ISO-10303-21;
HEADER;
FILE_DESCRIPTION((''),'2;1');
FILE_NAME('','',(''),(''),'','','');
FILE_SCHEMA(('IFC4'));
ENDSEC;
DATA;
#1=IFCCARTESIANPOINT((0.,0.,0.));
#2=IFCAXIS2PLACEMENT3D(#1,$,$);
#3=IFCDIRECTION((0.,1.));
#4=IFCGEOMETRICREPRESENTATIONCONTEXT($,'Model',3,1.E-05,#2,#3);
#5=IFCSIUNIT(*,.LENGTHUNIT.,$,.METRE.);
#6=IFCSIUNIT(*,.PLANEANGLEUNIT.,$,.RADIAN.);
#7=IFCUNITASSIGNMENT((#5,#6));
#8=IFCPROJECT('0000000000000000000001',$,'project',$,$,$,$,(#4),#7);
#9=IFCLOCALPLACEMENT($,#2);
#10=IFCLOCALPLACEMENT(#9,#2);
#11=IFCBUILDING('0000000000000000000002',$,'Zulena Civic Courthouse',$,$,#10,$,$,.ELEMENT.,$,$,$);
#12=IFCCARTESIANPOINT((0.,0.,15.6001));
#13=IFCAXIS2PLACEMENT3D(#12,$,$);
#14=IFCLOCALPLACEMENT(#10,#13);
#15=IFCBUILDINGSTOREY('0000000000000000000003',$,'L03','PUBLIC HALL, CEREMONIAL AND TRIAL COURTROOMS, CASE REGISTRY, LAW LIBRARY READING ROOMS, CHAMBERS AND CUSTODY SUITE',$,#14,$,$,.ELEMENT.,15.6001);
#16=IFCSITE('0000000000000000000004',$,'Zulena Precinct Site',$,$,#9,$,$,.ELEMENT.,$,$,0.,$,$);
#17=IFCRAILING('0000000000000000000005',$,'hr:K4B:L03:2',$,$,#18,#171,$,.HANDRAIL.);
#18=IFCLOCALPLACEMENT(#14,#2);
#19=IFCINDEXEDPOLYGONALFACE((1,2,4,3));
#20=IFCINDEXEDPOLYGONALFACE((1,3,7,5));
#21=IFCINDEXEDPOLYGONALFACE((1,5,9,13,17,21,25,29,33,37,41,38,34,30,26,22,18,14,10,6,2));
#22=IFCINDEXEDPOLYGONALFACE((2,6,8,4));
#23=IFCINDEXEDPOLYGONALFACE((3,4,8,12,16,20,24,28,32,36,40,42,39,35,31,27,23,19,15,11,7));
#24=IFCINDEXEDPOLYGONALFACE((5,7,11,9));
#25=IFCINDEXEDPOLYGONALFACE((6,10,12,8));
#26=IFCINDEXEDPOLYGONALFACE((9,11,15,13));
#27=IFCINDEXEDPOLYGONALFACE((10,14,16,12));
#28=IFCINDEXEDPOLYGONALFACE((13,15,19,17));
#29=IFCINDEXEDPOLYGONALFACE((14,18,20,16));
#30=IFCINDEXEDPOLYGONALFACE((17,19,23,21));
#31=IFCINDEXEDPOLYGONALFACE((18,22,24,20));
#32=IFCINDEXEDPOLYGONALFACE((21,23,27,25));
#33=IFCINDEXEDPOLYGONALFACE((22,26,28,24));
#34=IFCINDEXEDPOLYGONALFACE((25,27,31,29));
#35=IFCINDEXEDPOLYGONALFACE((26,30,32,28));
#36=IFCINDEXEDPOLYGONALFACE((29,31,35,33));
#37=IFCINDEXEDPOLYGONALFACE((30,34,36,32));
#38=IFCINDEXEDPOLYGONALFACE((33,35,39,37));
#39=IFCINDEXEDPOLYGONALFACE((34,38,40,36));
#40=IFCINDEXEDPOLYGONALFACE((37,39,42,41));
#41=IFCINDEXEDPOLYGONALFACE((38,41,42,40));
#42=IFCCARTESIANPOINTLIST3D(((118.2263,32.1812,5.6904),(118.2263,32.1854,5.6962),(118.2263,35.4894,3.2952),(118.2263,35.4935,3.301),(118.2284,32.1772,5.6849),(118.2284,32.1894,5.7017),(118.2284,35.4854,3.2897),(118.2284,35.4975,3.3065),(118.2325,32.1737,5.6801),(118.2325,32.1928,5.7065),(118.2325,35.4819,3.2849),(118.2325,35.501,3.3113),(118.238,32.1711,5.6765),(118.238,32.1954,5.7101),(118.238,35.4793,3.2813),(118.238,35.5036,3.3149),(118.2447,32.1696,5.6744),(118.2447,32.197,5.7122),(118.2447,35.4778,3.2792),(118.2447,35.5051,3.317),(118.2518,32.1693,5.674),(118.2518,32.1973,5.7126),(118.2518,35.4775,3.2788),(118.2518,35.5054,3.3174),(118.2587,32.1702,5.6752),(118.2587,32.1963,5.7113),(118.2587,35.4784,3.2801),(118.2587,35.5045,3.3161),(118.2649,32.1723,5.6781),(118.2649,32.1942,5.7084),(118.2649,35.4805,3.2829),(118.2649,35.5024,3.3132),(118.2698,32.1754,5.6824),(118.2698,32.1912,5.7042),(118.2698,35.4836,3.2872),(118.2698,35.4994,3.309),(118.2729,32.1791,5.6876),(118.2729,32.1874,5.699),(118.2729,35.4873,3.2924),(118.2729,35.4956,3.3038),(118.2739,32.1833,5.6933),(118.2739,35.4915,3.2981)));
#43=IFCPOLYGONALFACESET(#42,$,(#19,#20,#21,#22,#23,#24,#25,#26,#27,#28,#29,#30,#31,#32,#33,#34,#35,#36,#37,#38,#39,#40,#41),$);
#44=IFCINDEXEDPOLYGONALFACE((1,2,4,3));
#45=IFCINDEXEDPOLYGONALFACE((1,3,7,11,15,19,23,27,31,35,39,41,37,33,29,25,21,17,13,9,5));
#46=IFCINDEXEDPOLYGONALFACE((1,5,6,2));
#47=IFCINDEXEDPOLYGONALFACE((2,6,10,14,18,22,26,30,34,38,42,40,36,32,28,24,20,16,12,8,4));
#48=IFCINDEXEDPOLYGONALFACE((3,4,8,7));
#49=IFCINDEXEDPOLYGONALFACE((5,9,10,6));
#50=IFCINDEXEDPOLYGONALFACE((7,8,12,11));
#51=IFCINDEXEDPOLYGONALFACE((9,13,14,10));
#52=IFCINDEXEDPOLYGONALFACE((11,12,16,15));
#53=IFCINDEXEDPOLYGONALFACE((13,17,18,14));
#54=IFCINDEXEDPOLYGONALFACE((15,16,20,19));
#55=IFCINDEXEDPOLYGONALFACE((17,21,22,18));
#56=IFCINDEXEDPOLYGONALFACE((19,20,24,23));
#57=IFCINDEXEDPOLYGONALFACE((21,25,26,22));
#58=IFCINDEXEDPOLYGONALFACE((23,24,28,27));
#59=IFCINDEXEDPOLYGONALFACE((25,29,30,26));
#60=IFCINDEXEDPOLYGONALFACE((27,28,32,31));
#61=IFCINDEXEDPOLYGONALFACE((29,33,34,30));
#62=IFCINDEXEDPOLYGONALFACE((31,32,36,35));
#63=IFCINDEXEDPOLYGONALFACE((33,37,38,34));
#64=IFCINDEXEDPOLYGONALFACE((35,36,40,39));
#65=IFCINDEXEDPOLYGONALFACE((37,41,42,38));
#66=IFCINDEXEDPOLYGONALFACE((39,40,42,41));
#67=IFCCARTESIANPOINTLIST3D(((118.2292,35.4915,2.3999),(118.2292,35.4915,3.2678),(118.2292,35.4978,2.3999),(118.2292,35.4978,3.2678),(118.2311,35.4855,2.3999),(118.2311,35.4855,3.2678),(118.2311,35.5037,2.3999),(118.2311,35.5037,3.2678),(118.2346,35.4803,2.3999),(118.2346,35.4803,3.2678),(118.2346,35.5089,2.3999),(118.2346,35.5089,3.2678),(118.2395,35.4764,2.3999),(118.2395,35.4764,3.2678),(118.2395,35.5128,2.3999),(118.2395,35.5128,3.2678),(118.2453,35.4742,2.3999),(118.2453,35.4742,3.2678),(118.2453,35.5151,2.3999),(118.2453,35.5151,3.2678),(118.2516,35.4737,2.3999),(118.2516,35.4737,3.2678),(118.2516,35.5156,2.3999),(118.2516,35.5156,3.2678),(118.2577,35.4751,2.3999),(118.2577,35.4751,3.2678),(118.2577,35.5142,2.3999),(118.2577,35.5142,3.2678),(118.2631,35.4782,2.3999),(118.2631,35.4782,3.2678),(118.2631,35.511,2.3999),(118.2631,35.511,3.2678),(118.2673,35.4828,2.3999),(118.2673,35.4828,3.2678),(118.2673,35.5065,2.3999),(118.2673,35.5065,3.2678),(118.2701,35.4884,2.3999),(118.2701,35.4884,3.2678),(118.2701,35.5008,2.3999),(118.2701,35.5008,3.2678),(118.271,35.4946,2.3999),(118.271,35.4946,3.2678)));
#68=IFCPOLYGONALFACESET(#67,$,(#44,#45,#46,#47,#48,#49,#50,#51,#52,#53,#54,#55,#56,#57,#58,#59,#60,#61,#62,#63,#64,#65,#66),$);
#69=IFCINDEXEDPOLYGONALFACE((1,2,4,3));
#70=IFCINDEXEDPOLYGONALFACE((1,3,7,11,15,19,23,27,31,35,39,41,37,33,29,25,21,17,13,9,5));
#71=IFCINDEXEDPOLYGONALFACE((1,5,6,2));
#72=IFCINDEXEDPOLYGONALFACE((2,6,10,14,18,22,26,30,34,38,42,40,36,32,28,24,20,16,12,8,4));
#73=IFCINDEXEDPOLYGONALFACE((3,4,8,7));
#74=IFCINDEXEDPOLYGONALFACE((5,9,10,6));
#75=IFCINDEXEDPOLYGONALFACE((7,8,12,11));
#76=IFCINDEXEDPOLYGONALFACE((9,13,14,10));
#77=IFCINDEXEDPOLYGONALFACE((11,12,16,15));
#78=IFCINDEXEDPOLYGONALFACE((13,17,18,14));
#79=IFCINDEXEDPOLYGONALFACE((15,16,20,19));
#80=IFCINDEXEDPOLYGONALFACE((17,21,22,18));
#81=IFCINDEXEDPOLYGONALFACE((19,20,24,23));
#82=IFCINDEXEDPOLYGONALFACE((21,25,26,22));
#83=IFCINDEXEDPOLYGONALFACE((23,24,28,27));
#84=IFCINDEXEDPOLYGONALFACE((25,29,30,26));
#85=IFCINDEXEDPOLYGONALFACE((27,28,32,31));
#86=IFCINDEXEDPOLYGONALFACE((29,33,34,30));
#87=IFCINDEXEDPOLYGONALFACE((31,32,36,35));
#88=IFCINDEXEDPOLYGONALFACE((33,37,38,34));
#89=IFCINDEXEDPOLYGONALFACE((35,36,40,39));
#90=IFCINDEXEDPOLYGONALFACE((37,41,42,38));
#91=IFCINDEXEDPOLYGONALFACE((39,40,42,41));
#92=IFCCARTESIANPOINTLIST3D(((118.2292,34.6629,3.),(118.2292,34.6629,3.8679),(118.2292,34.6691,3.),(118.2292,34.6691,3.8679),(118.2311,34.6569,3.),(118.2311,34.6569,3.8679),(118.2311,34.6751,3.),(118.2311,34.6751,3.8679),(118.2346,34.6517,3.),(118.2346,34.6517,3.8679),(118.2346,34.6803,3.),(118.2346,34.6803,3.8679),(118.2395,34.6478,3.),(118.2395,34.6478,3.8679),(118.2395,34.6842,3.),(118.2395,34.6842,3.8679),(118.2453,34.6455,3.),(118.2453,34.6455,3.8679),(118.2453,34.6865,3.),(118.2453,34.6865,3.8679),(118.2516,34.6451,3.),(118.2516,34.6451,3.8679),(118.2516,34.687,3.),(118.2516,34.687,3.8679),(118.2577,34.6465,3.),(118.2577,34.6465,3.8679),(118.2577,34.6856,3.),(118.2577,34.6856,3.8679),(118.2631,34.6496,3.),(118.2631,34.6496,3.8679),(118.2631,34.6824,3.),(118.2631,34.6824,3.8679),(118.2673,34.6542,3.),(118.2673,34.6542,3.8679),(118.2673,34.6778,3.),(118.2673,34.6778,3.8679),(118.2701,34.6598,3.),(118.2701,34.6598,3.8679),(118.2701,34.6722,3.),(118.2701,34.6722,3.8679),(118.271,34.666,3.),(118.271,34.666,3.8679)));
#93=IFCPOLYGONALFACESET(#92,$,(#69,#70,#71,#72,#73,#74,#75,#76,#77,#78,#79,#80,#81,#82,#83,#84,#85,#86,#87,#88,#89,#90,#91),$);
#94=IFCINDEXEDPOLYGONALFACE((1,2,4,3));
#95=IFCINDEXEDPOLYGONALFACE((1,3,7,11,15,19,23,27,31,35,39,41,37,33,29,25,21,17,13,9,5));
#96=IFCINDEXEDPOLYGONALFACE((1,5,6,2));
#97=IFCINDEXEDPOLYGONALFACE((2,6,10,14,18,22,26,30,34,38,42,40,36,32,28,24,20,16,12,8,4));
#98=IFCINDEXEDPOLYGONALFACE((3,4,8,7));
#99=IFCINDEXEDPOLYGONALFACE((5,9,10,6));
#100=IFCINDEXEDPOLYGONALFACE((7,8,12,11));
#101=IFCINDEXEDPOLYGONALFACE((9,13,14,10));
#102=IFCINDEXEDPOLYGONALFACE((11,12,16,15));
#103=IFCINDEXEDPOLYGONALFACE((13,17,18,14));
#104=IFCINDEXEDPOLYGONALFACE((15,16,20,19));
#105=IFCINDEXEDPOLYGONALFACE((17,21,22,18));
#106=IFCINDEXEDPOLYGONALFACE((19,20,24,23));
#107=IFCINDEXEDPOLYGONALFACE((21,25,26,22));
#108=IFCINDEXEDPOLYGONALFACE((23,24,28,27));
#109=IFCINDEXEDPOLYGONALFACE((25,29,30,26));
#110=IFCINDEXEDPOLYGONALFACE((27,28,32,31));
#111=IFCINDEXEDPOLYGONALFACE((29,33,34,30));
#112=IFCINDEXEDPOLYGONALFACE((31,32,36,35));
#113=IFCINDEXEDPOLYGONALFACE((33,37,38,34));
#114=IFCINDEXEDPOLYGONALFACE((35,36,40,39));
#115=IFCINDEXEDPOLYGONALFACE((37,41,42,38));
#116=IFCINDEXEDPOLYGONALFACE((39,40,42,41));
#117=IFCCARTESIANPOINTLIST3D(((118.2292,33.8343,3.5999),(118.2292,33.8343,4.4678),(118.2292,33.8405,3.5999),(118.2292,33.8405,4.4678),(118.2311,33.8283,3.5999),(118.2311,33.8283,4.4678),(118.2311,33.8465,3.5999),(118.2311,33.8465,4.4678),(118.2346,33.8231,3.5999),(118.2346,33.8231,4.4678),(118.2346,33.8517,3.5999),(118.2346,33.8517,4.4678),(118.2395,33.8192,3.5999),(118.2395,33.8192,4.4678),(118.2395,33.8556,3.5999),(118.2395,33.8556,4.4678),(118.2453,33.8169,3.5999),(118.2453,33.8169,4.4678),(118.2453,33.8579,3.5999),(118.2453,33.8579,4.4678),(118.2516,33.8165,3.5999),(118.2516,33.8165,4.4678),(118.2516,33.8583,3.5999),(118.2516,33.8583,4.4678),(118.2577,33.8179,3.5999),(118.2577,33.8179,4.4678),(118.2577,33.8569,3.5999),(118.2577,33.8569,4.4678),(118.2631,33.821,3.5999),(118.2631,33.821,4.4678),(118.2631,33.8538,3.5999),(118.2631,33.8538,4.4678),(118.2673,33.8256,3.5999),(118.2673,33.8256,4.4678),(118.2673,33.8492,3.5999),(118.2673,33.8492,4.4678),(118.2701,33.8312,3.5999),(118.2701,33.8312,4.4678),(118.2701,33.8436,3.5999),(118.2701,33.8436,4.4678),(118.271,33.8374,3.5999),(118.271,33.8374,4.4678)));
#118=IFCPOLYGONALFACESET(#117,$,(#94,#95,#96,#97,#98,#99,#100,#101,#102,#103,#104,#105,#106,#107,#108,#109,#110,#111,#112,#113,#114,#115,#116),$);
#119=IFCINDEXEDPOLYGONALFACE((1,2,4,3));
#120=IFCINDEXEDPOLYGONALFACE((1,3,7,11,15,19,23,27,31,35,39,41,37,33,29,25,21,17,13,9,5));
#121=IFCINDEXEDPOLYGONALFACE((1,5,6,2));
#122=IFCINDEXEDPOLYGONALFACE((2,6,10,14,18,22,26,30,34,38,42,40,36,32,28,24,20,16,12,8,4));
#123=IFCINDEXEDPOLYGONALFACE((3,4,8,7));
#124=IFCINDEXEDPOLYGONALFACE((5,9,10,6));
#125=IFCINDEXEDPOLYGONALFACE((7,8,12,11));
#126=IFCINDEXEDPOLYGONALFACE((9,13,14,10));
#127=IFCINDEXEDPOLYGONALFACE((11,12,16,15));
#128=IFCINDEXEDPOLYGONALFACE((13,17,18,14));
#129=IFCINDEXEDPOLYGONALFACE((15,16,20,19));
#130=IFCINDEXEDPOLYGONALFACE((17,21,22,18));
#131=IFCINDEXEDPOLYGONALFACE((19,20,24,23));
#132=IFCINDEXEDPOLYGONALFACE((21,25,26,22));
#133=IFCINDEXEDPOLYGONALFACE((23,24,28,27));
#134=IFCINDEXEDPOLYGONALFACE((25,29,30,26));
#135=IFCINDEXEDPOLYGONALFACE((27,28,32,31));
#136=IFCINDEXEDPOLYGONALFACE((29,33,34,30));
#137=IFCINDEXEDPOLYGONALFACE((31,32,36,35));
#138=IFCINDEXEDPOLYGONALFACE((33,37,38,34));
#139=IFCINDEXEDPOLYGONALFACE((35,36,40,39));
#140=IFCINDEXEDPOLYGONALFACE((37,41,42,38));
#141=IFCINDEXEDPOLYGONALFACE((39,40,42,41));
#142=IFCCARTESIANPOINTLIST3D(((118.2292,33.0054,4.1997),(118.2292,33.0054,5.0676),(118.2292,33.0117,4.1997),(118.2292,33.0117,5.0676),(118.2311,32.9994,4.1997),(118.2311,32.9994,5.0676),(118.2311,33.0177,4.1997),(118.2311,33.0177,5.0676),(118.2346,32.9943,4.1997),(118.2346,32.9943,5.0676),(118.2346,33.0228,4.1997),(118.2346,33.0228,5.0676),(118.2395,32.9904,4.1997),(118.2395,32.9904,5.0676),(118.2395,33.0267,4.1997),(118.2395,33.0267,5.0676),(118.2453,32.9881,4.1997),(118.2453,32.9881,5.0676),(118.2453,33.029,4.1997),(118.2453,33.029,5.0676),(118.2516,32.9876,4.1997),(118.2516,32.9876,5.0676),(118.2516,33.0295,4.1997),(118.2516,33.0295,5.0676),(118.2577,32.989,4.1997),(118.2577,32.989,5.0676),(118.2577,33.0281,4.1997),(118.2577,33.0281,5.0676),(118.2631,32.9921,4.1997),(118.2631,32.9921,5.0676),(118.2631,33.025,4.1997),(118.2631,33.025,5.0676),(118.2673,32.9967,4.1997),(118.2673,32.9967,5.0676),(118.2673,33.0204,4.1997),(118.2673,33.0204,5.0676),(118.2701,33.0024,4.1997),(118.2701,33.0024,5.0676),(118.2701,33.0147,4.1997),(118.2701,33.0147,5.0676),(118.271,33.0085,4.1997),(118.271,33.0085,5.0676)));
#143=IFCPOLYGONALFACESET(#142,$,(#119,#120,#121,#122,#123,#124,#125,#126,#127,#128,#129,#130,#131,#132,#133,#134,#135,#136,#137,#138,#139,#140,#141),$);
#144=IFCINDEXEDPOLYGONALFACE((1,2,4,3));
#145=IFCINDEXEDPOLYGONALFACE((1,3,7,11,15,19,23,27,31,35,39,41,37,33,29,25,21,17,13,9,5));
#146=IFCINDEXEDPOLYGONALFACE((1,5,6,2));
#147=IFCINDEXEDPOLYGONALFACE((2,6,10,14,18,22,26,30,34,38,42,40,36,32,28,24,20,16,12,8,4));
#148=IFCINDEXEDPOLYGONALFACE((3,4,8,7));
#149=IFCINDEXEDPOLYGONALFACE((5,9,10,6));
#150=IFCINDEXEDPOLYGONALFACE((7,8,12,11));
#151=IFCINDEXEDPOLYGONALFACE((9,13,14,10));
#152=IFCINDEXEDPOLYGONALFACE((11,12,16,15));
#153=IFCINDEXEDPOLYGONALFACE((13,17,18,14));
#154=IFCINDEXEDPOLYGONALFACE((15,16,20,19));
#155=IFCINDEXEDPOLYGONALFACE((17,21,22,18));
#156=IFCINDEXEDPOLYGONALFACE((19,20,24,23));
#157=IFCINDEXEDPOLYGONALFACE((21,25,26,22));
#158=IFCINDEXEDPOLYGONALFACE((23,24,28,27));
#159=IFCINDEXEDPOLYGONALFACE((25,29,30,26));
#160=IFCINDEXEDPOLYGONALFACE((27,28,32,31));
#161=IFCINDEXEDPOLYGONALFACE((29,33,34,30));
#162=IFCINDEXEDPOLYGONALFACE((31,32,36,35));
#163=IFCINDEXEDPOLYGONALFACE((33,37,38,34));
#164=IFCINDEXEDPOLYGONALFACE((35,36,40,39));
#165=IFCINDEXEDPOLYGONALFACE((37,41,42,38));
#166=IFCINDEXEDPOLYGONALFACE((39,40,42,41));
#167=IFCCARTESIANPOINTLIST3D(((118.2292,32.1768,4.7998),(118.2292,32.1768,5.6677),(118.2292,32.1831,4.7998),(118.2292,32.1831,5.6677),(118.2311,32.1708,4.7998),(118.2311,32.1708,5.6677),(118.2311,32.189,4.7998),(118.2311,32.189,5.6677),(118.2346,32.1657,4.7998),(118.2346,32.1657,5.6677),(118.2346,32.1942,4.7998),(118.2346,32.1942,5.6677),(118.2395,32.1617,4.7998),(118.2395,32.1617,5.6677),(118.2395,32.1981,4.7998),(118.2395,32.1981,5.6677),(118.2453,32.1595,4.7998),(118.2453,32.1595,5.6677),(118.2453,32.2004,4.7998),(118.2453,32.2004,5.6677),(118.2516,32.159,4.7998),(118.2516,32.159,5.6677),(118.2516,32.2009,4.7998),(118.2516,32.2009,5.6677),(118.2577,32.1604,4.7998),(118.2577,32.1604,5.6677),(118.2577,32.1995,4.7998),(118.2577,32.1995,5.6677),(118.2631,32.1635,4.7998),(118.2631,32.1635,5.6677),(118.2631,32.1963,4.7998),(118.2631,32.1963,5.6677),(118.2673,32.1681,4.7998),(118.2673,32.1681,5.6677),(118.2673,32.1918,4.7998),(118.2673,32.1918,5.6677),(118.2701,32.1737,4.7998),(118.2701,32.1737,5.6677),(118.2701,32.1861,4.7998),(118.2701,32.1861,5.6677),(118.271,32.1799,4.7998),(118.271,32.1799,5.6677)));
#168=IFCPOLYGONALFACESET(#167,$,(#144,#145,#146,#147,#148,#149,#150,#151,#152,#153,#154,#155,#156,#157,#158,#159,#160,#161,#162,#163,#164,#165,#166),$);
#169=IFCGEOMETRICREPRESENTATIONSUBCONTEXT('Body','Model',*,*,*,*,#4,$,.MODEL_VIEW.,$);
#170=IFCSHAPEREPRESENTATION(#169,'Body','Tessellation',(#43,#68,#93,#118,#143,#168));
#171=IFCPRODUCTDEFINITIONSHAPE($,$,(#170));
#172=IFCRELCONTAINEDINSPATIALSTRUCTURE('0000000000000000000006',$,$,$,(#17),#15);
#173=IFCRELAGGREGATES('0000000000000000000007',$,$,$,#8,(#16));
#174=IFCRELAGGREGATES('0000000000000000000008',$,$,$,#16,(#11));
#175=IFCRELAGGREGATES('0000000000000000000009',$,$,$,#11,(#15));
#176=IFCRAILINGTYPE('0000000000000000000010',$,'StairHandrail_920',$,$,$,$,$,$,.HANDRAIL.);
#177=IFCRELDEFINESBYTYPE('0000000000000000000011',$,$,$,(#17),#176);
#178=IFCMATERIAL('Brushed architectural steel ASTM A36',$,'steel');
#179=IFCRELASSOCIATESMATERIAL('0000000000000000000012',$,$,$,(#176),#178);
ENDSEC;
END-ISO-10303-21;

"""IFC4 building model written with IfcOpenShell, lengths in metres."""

from ifc_helpers import new_model, si_unit, direction, frame, origin, origin_2d, place, context, subcontext, project, spatial, circle, extrude, material, type_object, element, save


model = new_model("IFC4")

# Units and contexts
model_context = context("Model", 3, precision=1e-05, world=origin(), true_north=direction((0.0, 1.0)))
body_context = subcontext(model_context, "Body", "Model", "MODEL_VIEW")
ifc_project = project(units=[si_unit("LENGTHUNIT", "METRE"), si_unit("PLANEANGLEUNIT", "RADIAN")], contexts=[model_context])

# Site, building, storey
site_placement = place(None, origin())
site = spatial("IfcSite", under=ifc_project, at=site_placement, Name="Zulena Precinct Site", CompositionType="ELEMENT", RefElevation=0.0)
building_placement = place(site_placement, origin())
building = spatial("IfcBuilding", under=site, at=building_placement, Name="Zulena Civic Courthouse", CompositionType="ELEMENT")
storey_placement = place(building_placement, frame((0.0, 0.0, 15.6001)))
storey = spatial("IfcBuildingStorey", under=building, at=storey_placement, Name="L03", Description="PUBLIC HALL, CEREMONIAL AND TRIAL COURTROOMS, CASE REGISTRY, LAW LIBRARY READING ROOMS, CHAMBERS AND CUSTODY SUITE", CompositionType="ELEMENT", Elevation=15.6001)

# Railing
ifc_material_1 = material(Name="Brushed architectural steel ASTM A36", Category="steel")
railing_type_1 = type_object("IfcRailingType", Name="StairHandrail_920", PredefinedType="HANDRAIL", material=ifc_material_1)
railing_1_placement = place(storey_placement, frame((118.25, 35.4946, 2.3999)))
element("IfcRailing", 1, at=railing_1_placement, inside=storey, type_object=railing_type_1, Name="hr:K4B:L03:2", PredefinedType="HANDRAIL", context=body_context, shape_type="SweptSolid", body=[
    extrude(circle(Radius=0.0239, at=origin_2d()), frame((0.0, -0.0032, 0.8982), z_axis=(0.0, -0.809988, 0.586446), x_axis=(1.0, 0.0, 0.0)), (0.0, 0.0, 1.0), 4.0842),
    extrude(circle(Radius=0.021, at=origin_2d()), origin(), (0.0, 0.0, 1.0), 0.8679),
    extrude(circle(Radius=0.021, at=origin_2d()), frame((0.0, -0.8286, 0.6001)), (0.0, 0.0, 1.0), 0.8679),
    extrude(circle(Radius=0.021, at=origin_2d()), frame((0.0, -1.6572, 1.2)), (0.0, 0.0, 1.0), 0.8679),
    extrude(circle(Radius=0.021, at=origin_2d()), frame((0.0, -2.4861, 1.7998)), (0.0, 0.0, 1.0), 0.8679),
    extrude(circle(Radius=0.021, at=origin_2d()), frame((0.0, -3.3147, 2.3999)), (0.0, 0.0, 1.0), 0.8679),
])

save(model, "model.ifc")
